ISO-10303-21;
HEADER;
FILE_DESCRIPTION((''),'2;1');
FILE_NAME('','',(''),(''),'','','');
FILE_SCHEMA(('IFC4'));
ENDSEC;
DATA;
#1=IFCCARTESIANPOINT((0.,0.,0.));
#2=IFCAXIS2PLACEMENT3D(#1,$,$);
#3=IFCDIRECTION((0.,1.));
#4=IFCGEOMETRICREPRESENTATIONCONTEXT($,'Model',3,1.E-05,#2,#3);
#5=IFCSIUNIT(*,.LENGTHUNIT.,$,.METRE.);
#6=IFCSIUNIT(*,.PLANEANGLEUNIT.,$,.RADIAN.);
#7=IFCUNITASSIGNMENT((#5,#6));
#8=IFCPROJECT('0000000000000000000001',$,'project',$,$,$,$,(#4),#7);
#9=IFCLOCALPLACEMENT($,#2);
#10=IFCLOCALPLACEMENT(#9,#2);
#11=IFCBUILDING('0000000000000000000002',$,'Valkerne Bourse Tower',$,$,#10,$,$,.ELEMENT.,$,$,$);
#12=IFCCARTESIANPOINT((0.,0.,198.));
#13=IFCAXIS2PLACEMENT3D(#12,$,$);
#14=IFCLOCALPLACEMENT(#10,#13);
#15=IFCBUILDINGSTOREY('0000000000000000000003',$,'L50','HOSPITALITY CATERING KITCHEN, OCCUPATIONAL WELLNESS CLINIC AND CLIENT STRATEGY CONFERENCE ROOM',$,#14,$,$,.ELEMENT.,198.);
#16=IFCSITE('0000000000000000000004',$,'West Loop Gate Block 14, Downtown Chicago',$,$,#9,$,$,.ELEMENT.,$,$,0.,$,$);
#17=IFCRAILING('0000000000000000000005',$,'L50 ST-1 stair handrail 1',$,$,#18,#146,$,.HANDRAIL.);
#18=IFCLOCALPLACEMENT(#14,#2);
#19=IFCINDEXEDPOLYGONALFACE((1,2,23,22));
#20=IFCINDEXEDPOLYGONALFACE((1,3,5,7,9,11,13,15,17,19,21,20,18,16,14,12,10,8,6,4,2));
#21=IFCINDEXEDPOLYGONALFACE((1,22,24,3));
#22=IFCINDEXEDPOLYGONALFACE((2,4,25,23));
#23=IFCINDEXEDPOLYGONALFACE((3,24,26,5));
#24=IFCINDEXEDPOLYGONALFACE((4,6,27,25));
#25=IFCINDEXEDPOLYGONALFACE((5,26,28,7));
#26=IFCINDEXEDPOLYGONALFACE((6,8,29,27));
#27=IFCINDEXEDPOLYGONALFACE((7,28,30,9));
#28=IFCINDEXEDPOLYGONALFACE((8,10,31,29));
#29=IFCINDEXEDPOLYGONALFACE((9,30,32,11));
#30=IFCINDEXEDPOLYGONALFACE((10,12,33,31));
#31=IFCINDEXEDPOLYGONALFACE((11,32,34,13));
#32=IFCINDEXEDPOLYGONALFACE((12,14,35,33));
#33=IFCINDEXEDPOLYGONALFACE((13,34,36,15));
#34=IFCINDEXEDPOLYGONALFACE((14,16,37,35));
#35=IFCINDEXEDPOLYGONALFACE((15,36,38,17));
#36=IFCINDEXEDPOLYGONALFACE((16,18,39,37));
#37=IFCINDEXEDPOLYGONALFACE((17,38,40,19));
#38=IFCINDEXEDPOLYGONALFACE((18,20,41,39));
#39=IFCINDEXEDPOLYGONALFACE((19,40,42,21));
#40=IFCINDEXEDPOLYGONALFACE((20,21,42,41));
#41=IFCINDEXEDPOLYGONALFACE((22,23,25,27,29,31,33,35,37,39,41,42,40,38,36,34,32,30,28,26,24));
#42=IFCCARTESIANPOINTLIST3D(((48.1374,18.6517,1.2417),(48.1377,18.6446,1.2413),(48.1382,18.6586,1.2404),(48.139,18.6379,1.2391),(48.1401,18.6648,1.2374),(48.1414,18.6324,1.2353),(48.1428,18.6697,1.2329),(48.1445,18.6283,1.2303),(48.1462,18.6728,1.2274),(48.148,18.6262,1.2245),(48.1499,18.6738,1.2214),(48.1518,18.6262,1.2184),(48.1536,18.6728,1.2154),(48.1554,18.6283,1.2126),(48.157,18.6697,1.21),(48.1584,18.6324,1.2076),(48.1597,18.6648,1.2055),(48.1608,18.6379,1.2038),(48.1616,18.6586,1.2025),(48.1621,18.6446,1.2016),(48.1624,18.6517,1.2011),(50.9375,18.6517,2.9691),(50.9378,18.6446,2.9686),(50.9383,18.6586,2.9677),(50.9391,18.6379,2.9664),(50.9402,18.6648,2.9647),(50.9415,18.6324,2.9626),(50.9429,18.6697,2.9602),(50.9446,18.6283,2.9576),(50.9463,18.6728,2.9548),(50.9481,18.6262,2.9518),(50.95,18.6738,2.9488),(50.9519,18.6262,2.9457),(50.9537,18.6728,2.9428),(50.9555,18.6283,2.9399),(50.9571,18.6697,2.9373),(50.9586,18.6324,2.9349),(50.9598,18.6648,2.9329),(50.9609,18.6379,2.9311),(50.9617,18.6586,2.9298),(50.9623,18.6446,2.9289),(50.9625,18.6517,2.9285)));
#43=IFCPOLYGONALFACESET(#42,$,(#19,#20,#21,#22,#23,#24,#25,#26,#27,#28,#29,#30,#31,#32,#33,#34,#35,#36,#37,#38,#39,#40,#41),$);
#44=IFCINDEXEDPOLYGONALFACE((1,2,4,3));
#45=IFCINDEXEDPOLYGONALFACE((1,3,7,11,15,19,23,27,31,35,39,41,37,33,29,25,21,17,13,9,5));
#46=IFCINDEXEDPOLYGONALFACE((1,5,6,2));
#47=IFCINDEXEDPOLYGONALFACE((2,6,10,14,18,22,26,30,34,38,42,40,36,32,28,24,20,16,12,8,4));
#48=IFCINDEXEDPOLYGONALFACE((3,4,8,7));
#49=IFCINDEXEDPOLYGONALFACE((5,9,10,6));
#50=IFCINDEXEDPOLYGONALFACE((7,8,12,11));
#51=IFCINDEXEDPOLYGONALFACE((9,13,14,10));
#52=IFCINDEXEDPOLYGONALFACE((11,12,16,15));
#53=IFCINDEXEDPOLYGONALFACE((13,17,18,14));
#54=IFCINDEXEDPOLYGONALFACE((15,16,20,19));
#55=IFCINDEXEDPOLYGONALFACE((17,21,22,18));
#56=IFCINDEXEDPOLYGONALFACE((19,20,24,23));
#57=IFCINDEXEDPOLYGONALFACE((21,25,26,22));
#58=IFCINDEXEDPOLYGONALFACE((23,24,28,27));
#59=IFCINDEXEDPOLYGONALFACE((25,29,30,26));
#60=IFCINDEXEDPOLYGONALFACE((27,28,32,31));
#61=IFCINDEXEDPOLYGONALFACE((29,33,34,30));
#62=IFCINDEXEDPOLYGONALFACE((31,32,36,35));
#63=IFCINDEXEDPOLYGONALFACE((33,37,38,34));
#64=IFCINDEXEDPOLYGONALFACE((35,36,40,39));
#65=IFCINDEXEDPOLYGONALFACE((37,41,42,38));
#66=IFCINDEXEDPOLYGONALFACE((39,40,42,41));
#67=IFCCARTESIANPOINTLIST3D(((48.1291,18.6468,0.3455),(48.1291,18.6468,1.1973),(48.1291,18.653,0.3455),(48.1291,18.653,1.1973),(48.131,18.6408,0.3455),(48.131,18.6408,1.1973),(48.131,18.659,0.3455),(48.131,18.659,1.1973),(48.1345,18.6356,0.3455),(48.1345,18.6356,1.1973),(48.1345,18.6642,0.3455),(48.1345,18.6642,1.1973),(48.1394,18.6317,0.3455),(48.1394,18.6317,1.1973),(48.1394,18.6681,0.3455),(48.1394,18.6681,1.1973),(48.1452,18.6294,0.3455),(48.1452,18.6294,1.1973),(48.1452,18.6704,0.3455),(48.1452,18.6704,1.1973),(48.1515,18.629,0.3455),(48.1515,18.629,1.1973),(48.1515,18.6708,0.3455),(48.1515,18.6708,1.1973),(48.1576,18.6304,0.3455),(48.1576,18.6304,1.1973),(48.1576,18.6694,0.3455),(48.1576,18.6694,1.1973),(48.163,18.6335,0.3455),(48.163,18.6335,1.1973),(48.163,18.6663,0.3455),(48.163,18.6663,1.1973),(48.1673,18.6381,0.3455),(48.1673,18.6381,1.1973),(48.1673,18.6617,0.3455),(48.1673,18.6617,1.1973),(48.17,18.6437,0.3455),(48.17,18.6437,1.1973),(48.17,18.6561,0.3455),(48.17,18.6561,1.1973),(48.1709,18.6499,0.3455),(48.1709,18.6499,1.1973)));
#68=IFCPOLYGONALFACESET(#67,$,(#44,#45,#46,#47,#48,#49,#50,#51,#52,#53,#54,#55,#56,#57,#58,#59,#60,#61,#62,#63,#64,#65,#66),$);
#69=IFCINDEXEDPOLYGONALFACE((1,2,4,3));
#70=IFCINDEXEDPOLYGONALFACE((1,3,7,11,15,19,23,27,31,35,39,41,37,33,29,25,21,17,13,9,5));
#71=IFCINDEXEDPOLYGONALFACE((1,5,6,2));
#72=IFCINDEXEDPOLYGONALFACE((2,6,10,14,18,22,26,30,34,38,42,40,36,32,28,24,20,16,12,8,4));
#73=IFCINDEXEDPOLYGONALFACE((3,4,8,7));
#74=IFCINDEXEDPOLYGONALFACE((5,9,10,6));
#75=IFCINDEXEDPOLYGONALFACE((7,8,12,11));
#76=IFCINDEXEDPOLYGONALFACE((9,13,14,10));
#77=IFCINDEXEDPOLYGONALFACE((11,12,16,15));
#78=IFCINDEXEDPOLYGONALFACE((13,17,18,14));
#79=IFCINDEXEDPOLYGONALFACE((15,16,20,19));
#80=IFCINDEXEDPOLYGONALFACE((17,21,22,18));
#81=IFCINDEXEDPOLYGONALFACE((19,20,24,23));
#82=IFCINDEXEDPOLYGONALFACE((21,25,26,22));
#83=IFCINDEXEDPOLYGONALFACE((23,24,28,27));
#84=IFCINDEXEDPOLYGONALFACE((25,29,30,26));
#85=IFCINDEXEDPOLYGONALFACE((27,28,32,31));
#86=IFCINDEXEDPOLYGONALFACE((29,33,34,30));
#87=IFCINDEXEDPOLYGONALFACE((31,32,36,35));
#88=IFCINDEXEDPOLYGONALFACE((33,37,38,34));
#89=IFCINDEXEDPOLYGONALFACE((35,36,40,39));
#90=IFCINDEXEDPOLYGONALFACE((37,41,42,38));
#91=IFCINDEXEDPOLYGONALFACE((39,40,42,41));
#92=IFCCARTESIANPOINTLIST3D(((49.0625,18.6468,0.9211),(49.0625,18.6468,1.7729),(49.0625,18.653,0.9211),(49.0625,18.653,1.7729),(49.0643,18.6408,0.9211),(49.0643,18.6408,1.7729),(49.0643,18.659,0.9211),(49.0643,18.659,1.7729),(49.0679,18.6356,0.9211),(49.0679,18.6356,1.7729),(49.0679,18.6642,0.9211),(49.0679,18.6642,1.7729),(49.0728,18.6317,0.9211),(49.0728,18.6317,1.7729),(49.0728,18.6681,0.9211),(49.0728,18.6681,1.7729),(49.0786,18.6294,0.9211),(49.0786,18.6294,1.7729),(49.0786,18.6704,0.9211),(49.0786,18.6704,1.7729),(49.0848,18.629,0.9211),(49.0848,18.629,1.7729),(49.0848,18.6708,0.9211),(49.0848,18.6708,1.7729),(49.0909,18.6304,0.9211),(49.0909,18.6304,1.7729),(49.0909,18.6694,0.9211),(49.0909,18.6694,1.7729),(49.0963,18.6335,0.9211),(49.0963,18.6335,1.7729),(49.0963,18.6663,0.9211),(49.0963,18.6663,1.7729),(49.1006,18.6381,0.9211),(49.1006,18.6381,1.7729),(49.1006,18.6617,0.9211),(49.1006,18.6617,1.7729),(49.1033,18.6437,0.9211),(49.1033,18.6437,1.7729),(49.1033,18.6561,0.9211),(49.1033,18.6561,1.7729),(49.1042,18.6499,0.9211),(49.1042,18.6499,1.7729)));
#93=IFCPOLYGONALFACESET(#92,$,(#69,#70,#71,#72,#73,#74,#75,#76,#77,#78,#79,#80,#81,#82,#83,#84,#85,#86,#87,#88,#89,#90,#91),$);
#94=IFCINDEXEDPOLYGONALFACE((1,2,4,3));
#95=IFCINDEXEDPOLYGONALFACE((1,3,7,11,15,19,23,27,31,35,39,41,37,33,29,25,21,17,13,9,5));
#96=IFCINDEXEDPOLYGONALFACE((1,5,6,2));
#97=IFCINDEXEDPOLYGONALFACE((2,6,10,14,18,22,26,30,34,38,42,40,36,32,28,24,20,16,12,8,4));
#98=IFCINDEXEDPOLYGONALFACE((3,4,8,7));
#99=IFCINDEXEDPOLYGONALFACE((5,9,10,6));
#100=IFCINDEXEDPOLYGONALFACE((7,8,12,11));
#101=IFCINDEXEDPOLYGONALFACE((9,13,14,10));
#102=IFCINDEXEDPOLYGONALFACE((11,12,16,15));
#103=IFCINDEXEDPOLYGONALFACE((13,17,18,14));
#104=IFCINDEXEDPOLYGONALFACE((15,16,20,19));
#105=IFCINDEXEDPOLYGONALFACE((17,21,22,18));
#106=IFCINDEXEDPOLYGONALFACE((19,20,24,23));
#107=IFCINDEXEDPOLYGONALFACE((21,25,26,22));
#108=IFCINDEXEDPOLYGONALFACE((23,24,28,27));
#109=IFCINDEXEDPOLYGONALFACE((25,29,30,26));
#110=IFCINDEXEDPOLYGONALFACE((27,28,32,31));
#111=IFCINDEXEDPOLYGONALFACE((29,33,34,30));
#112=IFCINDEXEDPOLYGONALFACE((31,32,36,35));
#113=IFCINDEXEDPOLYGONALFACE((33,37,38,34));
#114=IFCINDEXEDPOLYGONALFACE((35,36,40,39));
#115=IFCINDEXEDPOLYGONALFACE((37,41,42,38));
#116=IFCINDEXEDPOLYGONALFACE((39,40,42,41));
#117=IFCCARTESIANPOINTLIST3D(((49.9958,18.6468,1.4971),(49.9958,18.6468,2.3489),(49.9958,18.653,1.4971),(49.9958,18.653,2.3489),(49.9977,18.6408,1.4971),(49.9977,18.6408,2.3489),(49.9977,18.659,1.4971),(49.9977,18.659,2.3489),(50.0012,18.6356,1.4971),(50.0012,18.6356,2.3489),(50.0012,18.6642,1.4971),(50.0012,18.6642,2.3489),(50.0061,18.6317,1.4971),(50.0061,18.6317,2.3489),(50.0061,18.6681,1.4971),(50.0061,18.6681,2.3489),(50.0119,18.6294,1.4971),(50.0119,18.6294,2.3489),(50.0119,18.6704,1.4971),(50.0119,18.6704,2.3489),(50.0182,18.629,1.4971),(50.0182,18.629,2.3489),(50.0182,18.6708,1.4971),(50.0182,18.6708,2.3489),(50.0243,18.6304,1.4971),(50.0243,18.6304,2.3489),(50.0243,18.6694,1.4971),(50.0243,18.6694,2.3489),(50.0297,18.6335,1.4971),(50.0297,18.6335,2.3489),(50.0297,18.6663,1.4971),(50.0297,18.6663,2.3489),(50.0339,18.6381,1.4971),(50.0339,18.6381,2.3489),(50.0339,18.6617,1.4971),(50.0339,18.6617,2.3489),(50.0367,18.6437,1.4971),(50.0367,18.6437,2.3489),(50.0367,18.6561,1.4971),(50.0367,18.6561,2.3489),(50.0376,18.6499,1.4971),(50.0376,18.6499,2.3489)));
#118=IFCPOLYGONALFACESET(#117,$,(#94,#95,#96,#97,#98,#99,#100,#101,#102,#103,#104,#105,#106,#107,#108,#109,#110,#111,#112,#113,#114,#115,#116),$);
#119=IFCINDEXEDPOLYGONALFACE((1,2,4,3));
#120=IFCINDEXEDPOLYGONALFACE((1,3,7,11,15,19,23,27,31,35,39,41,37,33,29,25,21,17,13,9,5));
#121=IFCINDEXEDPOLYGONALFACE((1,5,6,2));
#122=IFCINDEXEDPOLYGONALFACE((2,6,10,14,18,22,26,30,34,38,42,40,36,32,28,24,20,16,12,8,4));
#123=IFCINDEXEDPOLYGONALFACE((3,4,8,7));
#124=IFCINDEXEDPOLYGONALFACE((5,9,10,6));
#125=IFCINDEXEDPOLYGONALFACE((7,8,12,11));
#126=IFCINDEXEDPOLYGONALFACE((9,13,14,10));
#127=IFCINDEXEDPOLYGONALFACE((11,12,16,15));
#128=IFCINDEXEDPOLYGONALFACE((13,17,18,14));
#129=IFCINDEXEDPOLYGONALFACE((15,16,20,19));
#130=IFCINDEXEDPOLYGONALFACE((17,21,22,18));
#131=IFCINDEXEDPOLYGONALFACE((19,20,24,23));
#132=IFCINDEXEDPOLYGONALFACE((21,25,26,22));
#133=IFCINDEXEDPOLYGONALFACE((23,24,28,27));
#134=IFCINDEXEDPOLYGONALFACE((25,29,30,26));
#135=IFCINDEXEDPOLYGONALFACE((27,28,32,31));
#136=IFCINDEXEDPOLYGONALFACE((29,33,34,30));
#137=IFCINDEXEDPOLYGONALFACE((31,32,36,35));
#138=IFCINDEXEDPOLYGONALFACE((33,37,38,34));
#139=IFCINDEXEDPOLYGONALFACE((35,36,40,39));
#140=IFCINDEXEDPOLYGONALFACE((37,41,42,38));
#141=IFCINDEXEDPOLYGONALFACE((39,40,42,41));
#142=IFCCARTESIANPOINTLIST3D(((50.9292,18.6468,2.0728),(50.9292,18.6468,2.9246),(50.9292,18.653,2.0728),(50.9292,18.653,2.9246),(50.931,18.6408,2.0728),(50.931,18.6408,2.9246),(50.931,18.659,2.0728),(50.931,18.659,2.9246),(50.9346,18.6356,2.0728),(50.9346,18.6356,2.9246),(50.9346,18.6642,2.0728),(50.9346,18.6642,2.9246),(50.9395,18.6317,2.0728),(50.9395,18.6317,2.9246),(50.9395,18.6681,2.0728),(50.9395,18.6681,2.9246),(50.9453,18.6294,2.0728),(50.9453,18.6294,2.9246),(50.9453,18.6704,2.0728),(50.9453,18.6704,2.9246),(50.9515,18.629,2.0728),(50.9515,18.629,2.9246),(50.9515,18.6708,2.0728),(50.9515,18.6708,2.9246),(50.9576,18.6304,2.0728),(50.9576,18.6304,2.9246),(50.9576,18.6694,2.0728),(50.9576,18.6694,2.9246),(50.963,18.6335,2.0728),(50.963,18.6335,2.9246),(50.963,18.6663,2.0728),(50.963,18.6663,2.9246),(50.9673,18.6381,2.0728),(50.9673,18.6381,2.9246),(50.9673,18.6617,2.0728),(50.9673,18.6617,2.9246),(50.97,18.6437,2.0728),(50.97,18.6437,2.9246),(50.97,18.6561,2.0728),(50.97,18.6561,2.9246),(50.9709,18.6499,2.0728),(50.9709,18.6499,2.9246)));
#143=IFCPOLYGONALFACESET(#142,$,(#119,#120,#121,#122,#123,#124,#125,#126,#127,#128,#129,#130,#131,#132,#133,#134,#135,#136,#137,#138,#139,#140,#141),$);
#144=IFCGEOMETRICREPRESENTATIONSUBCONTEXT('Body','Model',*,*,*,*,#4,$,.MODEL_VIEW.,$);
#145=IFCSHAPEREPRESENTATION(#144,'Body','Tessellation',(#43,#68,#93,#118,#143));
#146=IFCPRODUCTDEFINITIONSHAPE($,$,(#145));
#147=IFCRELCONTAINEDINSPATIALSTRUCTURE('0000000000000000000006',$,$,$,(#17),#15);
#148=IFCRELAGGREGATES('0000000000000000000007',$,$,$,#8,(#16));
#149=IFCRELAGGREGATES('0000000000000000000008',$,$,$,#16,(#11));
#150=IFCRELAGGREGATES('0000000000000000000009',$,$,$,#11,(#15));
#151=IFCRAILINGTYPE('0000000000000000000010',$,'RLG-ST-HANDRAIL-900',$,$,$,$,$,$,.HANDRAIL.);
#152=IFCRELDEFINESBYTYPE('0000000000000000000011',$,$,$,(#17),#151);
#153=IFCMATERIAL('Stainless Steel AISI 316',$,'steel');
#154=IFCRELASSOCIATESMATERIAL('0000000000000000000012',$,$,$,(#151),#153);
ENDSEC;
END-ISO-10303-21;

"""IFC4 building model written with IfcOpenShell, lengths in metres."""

from ifc_helpers import new_model, si_unit, direction, frame, origin, origin_2d, place, context, subcontext, project, spatial, circle, extrude, material, type_object, element, save


model = new_model("IFC4")

# Units and contexts
model_context = context("Model", 3, precision=1e-05, world=origin(), true_north=direction((0.0, 1.0)))
body_context = subcontext(model_context, "Body", "Model", "MODEL_VIEW")
ifc_project = project(units=[si_unit("LENGTHUNIT", "METRE"), si_unit("PLANEANGLEUNIT", "RADIAN")], contexts=[model_context])

# Site, building, storey
site_placement = place(None, origin())
site = spatial("IfcSite", under=ifc_project, at=site_placement, Name="West Loop Gate Block 14, Downtown Chicago", CompositionType="ELEMENT", RefElevation=0.0)
building_placement = place(site_placement, origin())
building = spatial("IfcBuilding", under=site, at=building_placement, Name="Valkerne Bourse Tower", CompositionType="ELEMENT")
storey_placement = place(building_placement, frame((0.0, 0.0, 198.0)))
storey = spatial("IfcBuildingStorey", under=building, at=storey_placement, Name="L50", Description="HOSPITALITY CATERING KITCHEN, OCCUPATIONAL WELLNESS CLINIC AND CLIENT STRATEGY CONFERENCE ROOM", CompositionType="ELEMENT", Elevation=198.0)

# Shared definitions
ifc_material_1 = material(Name="Stainless Steel AISI 316", Category="steel")

# Railing
railing_type_1 = type_object("IfcRailingType", Name="RLG-ST-HANDRAIL-900", PredefinedType="HANDRAIL", material=ifc_material_1)
railing_1_placement = place(storey_placement, frame((48.1499, 18.6499, 0.3455)))
element("IfcRailing", 1, at=railing_1_placement, inside=storey, type_object=railing_type_1, Name="L50 ST-1 stair handrail 1", PredefinedType="HANDRAIL", context=body_context, shape_type="SweptSolid", body=[
    extrude(circle(Radius=0.0239, at=origin_2d()), frame((0.0, 0.0, 0.876), z_axis=(0.85109, 0.0, 0.52502), x_axis=(0.0, 1.0, 0.0)), (0.0, 0.0, 1.0), 3.29),
    extrude(circle(Radius=0.021, at=origin_2d()), origin(), (0.0, 0.0, 1.0), 0.8518),
    extrude(circle(Radius=0.021, at=origin_2d()), frame((0.9333, 0.0, 0.5757)), (0.0, 0.0, 1.0), 0.8518),
    extrude(circle(Radius=0.021, at=origin_2d()), frame((1.8667, 0.0, 1.1516)), (0.0, 0.0, 1.0), 0.8518),
    extrude(circle(Radius=0.021, at=origin_2d()), frame((2.8, 0.0, 1.7273)), (0.0, 0.0, 1.0), 0.8518),
])

save(model, "model.ifc")
